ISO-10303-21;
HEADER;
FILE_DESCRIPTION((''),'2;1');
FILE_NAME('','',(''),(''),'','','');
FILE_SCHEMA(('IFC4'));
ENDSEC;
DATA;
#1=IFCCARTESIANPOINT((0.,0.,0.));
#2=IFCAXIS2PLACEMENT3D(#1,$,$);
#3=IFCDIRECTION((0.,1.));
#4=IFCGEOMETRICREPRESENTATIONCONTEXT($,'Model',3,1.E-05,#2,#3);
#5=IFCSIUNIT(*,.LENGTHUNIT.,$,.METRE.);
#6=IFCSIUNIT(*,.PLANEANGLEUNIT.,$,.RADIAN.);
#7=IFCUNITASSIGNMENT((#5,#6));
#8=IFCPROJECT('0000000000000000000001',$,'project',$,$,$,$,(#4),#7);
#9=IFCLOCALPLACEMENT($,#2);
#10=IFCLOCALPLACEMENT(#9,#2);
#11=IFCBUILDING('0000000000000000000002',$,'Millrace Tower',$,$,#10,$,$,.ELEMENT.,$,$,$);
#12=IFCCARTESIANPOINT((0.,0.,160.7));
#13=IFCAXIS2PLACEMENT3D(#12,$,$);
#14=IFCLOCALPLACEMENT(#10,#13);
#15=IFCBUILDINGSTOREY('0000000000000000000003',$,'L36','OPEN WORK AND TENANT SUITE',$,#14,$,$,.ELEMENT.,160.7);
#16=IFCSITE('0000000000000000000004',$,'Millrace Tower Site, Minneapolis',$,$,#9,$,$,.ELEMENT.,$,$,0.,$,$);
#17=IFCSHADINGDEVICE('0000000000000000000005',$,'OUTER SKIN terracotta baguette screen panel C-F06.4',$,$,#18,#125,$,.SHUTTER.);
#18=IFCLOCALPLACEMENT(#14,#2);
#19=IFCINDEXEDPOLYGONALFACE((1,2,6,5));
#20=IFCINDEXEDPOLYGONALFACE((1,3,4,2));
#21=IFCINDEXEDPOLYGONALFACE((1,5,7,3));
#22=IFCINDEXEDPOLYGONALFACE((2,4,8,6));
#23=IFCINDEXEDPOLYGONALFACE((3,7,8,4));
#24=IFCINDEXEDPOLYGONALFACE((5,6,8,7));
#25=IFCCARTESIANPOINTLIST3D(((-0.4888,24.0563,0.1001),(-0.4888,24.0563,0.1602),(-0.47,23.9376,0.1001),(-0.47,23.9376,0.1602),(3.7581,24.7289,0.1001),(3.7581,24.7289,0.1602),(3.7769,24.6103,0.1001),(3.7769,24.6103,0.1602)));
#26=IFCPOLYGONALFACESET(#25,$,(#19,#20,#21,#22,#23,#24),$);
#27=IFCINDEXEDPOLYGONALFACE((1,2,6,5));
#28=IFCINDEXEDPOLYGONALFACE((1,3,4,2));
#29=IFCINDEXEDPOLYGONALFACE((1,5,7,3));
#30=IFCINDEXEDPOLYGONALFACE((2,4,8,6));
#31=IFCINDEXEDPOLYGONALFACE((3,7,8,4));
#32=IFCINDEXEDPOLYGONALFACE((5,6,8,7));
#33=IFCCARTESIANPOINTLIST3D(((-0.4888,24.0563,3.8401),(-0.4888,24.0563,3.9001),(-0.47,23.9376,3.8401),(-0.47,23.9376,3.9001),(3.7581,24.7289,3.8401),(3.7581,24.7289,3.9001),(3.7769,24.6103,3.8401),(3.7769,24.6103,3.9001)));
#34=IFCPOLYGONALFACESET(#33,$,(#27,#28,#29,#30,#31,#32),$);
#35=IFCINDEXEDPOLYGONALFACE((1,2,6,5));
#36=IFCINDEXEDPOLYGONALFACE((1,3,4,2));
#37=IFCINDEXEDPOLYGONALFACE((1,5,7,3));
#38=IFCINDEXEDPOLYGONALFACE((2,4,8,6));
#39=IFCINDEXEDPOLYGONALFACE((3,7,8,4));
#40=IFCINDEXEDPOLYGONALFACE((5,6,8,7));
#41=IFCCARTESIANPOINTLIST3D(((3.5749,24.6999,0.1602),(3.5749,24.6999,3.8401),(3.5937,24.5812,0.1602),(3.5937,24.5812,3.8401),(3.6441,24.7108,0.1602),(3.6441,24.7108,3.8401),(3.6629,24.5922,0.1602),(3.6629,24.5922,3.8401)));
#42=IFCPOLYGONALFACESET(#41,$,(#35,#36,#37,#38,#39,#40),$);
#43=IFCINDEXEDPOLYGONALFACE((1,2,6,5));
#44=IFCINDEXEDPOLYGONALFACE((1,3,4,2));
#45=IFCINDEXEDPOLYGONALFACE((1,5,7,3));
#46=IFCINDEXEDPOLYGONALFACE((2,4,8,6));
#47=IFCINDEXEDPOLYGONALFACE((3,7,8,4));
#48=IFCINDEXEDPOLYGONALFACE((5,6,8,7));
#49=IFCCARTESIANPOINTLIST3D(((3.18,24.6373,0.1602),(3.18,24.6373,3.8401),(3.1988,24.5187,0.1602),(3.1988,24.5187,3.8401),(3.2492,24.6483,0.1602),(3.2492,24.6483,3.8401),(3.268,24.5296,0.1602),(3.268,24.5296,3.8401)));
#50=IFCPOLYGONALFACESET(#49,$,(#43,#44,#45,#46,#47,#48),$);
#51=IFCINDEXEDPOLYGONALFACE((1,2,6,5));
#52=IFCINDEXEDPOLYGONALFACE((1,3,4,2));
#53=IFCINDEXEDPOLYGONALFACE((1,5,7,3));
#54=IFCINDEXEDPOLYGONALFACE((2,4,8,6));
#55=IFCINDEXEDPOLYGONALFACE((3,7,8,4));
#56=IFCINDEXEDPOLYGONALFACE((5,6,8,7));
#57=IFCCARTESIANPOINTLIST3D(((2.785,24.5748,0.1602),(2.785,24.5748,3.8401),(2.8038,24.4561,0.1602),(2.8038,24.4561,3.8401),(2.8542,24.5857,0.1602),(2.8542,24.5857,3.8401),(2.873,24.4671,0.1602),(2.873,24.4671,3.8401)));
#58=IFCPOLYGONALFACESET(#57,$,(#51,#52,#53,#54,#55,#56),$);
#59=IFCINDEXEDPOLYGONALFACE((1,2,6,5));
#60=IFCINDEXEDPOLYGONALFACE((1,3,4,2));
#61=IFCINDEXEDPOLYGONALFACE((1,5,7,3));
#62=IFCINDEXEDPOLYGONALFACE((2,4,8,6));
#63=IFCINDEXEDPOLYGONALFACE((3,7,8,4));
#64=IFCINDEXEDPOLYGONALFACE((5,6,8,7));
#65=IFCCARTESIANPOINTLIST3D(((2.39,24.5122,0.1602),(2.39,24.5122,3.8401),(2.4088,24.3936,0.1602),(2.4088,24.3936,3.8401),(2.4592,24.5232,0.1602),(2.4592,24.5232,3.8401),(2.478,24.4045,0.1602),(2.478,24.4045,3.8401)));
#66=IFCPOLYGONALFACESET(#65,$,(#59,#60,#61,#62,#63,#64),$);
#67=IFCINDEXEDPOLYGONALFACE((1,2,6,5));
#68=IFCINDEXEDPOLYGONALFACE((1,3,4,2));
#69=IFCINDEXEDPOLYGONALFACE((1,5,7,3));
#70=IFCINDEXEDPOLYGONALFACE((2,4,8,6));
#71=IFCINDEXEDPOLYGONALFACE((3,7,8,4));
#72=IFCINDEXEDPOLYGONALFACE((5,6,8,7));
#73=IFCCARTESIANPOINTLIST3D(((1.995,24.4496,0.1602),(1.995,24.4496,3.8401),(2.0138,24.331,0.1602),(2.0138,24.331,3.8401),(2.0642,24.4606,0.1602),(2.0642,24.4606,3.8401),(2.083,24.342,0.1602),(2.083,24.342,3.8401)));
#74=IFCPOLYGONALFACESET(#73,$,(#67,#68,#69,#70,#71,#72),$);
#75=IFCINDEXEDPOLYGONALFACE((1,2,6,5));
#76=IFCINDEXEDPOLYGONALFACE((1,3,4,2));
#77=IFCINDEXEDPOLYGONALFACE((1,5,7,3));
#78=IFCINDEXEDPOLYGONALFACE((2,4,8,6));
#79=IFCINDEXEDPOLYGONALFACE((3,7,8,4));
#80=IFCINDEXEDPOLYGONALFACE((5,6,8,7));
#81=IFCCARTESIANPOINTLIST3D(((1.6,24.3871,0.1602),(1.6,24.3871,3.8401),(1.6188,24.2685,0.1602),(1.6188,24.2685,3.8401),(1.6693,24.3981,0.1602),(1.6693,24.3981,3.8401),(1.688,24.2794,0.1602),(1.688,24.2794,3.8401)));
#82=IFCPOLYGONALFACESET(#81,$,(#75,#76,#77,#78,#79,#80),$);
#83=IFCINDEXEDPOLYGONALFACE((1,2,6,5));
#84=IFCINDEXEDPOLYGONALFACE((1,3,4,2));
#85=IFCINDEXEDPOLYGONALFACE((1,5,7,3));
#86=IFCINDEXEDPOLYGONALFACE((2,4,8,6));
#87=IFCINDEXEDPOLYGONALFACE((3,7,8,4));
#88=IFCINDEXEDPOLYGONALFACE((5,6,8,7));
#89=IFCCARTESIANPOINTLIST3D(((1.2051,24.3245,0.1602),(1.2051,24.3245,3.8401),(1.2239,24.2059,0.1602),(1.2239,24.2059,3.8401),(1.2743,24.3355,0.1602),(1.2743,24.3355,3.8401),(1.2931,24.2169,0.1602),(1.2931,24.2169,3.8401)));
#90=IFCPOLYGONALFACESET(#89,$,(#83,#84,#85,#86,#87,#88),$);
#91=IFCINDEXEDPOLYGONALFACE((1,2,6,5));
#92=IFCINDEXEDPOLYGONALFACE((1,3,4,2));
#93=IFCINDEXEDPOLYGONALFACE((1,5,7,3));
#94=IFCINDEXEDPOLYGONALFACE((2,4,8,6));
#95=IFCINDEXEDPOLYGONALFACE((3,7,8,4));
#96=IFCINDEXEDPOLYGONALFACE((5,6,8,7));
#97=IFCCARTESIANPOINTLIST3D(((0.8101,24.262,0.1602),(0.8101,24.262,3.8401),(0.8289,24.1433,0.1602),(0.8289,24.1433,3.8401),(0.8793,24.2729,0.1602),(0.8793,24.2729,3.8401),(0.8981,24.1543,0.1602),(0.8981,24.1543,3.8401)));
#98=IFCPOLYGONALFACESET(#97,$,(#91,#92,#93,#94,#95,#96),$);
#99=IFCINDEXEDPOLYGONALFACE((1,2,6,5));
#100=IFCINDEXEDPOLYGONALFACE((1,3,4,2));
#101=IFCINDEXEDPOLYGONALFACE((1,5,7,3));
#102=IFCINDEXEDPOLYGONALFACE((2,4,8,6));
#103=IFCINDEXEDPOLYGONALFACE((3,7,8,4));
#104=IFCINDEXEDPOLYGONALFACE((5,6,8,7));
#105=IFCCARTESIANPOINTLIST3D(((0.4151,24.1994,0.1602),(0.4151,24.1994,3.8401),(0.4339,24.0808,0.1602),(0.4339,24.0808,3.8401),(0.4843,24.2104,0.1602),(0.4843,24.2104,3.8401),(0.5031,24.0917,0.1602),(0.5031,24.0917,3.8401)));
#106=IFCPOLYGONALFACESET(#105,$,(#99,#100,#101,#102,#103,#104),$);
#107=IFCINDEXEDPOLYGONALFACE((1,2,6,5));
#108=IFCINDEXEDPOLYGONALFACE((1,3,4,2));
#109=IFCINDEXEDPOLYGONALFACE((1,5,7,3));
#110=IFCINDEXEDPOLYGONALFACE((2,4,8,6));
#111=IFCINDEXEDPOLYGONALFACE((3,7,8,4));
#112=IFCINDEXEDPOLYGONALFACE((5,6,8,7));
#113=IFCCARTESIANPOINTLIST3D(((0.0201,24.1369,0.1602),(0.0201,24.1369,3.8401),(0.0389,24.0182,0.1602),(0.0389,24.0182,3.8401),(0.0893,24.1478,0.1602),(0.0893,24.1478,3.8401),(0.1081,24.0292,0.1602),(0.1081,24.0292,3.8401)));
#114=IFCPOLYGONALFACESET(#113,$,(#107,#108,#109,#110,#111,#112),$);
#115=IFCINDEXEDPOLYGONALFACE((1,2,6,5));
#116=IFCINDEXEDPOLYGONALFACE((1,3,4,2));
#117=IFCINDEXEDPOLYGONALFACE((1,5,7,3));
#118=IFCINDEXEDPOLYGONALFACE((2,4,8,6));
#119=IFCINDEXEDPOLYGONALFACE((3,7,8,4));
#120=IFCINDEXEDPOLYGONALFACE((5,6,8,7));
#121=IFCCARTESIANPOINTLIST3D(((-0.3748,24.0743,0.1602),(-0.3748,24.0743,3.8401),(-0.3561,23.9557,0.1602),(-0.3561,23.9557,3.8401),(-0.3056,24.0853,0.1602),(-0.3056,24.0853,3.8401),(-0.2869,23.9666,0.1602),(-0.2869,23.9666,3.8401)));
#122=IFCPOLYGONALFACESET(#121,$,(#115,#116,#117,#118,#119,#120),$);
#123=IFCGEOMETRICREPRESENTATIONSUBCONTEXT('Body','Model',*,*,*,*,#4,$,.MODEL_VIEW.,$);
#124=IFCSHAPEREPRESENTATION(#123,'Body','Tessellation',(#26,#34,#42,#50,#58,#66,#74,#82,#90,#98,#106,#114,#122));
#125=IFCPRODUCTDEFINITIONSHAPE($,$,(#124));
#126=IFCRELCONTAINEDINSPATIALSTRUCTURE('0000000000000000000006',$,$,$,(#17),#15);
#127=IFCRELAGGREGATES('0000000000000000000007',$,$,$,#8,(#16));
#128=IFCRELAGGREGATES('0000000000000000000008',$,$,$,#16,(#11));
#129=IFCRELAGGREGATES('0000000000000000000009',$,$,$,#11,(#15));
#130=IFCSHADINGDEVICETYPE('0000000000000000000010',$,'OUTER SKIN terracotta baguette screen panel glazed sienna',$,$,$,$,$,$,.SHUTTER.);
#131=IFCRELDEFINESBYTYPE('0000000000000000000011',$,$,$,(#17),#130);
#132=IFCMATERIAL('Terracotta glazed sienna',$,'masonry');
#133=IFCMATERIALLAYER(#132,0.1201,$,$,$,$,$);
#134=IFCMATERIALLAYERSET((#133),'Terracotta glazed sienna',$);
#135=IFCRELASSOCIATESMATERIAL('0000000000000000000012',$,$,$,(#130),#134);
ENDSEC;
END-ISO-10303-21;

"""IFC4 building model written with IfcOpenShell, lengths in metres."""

from ifc_helpers import new_model, entity, si_unit, direction, frame, frame_2d, origin, origin_2d, place, context, subcontext, project, spatial, rectangle, extrude, source, transform, mapped, material, layer, layer_set, type_object, element, save


model = new_model("IFC4")

# Units and contexts
model_context = context("Model", 3, precision=1e-05, world=origin(), true_north=direction((0.0, 1.0)))
body_context = subcontext(model_context, "Body", "Model", "MODEL_VIEW")
ifc_project = project(units=[si_unit("LENGTHUNIT", "METRE"), si_unit("PLANEANGLEUNIT", "RADIAN")], contexts=[model_context])

# Site, building, storey
site_placement = place(None, origin())
site = spatial("IfcSite", under=ifc_project, at=site_placement, Name="Millrace Tower Site, Minneapolis", CompositionType="ELEMENT", RefElevation=0.0)
building_placement = place(site_placement, origin())
building = spatial("IfcBuilding", under=site, at=building_placement, Name="Millrace Tower", CompositionType="ELEMENT")
storey_placement = place(building_placement, frame((0.0, 0.0, 160.7)))
storey = spatial("IfcBuildingStorey", under=building, at=storey_placement, Name="L36", Description="OPEN WORK AND TENANT SUITE", CompositionType="ELEMENT", Elevation=160.7)

# Shading device
ifc_material_1 = material(Name="Terracotta glazed sienna", Category="masonry")
ifc_layer_1 = layer(ifc_material_1, 0.1201)
ifc_layer_set_1 = layer_set([ifc_layer_1], Name="Terracotta glazed sienna")
shading_device_type = type_object("IfcShadingDeviceType", Name="OUTER SKIN terracotta baguette screen panel glazed sienna", PredefinedType="SHUTTER", material=ifc_layer_set_1)
cartesian_point_1 = entity("IfcCartesianPoint", [-2.1499, 0.0601])
shared_polyline_1 = entity("IfcPolyline", [cartesian_point_1, entity("IfcCartesianPoint", [2.1499, 0.0601]), entity("IfcCartesianPoint", [2.1499, -0.0601]), entity("IfcCartesianPoint", [-2.1499, -0.0601]), cartesian_point_1])
shared_shape_1 = source(origin(), body_context, "Body", "SweptSolid", [
    entity("IfcExtrudedAreaSolid", entity("IfcArbitraryClosedProfileDef", "AREA", None, shared_polyline_1), entity("IfcAxis2Placement3D", entity("IfcCartesianPoint", [0.0, 0.0, 0.0])), entity("IfcDirection", [0.0, 0.0, 1.0]), 0.0601),
    entity("IfcExtrudedAreaSolid", entity("IfcArbitraryClosedProfileDef", "AREA", None, shared_polyline_1), entity("IfcAxis2Placement3D", entity("IfcCartesianPoint", [0.0, 0.0, 3.74])), entity("IfcDirection", [0.0, 0.0, 1.0]), 0.0601),
    extrude(rectangle(XDim=0.0701, YDim=0.1201, at=frame_2d((-1.9995, 0.0))), frame((0.0, 0.0, 0.0601)), (0.0, 0.0, 1.0), 3.6799),
    extrude(rectangle(XDim=0.0701, YDim=0.1201, at=frame_2d((-1.5996, 0.0))), frame((0.0, 0.0, 0.0601)), (0.0, 0.0, 1.0), 3.6799),
    extrude(rectangle(XDim=0.0701, YDim=0.1201, at=frame_2d((-1.1997, 0.0))), frame((0.0, 0.0, 0.0601)), (0.0, 0.0, 1.0), 3.6799),
    extrude(rectangle(XDim=0.0701, YDim=0.1201, at=frame_2d((-0.7998, 0.0))), frame((0.0, 0.0, 0.0601)), (0.0, 0.0, 1.0), 3.6799),
    extrude(rectangle(XDim=0.0701, YDim=0.1201, at=frame_2d((-0.3999, 0.0))), frame((0.0, 0.0, 0.0601)), (0.0, 0.0, 1.0), 3.6799),
    extrude(rectangle(XDim=0.0701, YDim=0.1201, at=origin_2d()), frame((0.0, 0.0, 0.0601)), (0.0, 0.0, 1.0), 3.6799),
    extrude(rectangle(XDim=0.0701, YDim=0.1201, at=frame_2d((0.3999, 0.0))), frame((0.0, 0.0, 0.0601)), (0.0, 0.0, 1.0), 3.6799),
    extrude(rectangle(XDim=0.0701, YDim=0.1201, at=frame_2d((0.7998, 0.0))), frame((0.0, 0.0, 0.0601)), (0.0, 0.0, 1.0), 3.6799),
    extrude(rectangle(XDim=0.0701, YDim=0.1201, at=frame_2d((1.1997, 0.0))), frame((0.0, 0.0, 0.0601)), (0.0, 0.0, 1.0), 3.6799),
    extrude(rectangle(XDim=0.0701, YDim=0.1201, at=frame_2d((1.5996, 0.0))), frame((0.0, 0.0, 0.0601)), (0.0, 0.0, 1.0), 3.6799),
    extrude(rectangle(XDim=0.0701, YDim=0.1201, at=frame_2d((1.9995, 0.0))), frame((0.0, 0.0, 0.0601)), (0.0, 0.0, 1.0), 3.6799),
])
for number, where, z_axis, x_axis, name in (
    (1, (1.644, 24.3333, 0.1001), (0.0, 0.0, 1.0), (-0.987688, -0.156434, 0.0), "OUTER SKIN terracotta baguette screen panel C-F06.4"),
):
    element("IfcShadingDevice", number, at=place(storey_placement, frame(where, z_axis=z_axis, x_axis=x_axis)), inside=storey, type_object=shading_device_type, Name=name, PredefinedType="SHUTTER", context=body_context, shape_type="MappedRepresentation", body=[
        mapped(shared_shape_1, transform((0.0, 0.0, 0.0), scale=1.0)),
    ])

save(model, "model.ifc")
